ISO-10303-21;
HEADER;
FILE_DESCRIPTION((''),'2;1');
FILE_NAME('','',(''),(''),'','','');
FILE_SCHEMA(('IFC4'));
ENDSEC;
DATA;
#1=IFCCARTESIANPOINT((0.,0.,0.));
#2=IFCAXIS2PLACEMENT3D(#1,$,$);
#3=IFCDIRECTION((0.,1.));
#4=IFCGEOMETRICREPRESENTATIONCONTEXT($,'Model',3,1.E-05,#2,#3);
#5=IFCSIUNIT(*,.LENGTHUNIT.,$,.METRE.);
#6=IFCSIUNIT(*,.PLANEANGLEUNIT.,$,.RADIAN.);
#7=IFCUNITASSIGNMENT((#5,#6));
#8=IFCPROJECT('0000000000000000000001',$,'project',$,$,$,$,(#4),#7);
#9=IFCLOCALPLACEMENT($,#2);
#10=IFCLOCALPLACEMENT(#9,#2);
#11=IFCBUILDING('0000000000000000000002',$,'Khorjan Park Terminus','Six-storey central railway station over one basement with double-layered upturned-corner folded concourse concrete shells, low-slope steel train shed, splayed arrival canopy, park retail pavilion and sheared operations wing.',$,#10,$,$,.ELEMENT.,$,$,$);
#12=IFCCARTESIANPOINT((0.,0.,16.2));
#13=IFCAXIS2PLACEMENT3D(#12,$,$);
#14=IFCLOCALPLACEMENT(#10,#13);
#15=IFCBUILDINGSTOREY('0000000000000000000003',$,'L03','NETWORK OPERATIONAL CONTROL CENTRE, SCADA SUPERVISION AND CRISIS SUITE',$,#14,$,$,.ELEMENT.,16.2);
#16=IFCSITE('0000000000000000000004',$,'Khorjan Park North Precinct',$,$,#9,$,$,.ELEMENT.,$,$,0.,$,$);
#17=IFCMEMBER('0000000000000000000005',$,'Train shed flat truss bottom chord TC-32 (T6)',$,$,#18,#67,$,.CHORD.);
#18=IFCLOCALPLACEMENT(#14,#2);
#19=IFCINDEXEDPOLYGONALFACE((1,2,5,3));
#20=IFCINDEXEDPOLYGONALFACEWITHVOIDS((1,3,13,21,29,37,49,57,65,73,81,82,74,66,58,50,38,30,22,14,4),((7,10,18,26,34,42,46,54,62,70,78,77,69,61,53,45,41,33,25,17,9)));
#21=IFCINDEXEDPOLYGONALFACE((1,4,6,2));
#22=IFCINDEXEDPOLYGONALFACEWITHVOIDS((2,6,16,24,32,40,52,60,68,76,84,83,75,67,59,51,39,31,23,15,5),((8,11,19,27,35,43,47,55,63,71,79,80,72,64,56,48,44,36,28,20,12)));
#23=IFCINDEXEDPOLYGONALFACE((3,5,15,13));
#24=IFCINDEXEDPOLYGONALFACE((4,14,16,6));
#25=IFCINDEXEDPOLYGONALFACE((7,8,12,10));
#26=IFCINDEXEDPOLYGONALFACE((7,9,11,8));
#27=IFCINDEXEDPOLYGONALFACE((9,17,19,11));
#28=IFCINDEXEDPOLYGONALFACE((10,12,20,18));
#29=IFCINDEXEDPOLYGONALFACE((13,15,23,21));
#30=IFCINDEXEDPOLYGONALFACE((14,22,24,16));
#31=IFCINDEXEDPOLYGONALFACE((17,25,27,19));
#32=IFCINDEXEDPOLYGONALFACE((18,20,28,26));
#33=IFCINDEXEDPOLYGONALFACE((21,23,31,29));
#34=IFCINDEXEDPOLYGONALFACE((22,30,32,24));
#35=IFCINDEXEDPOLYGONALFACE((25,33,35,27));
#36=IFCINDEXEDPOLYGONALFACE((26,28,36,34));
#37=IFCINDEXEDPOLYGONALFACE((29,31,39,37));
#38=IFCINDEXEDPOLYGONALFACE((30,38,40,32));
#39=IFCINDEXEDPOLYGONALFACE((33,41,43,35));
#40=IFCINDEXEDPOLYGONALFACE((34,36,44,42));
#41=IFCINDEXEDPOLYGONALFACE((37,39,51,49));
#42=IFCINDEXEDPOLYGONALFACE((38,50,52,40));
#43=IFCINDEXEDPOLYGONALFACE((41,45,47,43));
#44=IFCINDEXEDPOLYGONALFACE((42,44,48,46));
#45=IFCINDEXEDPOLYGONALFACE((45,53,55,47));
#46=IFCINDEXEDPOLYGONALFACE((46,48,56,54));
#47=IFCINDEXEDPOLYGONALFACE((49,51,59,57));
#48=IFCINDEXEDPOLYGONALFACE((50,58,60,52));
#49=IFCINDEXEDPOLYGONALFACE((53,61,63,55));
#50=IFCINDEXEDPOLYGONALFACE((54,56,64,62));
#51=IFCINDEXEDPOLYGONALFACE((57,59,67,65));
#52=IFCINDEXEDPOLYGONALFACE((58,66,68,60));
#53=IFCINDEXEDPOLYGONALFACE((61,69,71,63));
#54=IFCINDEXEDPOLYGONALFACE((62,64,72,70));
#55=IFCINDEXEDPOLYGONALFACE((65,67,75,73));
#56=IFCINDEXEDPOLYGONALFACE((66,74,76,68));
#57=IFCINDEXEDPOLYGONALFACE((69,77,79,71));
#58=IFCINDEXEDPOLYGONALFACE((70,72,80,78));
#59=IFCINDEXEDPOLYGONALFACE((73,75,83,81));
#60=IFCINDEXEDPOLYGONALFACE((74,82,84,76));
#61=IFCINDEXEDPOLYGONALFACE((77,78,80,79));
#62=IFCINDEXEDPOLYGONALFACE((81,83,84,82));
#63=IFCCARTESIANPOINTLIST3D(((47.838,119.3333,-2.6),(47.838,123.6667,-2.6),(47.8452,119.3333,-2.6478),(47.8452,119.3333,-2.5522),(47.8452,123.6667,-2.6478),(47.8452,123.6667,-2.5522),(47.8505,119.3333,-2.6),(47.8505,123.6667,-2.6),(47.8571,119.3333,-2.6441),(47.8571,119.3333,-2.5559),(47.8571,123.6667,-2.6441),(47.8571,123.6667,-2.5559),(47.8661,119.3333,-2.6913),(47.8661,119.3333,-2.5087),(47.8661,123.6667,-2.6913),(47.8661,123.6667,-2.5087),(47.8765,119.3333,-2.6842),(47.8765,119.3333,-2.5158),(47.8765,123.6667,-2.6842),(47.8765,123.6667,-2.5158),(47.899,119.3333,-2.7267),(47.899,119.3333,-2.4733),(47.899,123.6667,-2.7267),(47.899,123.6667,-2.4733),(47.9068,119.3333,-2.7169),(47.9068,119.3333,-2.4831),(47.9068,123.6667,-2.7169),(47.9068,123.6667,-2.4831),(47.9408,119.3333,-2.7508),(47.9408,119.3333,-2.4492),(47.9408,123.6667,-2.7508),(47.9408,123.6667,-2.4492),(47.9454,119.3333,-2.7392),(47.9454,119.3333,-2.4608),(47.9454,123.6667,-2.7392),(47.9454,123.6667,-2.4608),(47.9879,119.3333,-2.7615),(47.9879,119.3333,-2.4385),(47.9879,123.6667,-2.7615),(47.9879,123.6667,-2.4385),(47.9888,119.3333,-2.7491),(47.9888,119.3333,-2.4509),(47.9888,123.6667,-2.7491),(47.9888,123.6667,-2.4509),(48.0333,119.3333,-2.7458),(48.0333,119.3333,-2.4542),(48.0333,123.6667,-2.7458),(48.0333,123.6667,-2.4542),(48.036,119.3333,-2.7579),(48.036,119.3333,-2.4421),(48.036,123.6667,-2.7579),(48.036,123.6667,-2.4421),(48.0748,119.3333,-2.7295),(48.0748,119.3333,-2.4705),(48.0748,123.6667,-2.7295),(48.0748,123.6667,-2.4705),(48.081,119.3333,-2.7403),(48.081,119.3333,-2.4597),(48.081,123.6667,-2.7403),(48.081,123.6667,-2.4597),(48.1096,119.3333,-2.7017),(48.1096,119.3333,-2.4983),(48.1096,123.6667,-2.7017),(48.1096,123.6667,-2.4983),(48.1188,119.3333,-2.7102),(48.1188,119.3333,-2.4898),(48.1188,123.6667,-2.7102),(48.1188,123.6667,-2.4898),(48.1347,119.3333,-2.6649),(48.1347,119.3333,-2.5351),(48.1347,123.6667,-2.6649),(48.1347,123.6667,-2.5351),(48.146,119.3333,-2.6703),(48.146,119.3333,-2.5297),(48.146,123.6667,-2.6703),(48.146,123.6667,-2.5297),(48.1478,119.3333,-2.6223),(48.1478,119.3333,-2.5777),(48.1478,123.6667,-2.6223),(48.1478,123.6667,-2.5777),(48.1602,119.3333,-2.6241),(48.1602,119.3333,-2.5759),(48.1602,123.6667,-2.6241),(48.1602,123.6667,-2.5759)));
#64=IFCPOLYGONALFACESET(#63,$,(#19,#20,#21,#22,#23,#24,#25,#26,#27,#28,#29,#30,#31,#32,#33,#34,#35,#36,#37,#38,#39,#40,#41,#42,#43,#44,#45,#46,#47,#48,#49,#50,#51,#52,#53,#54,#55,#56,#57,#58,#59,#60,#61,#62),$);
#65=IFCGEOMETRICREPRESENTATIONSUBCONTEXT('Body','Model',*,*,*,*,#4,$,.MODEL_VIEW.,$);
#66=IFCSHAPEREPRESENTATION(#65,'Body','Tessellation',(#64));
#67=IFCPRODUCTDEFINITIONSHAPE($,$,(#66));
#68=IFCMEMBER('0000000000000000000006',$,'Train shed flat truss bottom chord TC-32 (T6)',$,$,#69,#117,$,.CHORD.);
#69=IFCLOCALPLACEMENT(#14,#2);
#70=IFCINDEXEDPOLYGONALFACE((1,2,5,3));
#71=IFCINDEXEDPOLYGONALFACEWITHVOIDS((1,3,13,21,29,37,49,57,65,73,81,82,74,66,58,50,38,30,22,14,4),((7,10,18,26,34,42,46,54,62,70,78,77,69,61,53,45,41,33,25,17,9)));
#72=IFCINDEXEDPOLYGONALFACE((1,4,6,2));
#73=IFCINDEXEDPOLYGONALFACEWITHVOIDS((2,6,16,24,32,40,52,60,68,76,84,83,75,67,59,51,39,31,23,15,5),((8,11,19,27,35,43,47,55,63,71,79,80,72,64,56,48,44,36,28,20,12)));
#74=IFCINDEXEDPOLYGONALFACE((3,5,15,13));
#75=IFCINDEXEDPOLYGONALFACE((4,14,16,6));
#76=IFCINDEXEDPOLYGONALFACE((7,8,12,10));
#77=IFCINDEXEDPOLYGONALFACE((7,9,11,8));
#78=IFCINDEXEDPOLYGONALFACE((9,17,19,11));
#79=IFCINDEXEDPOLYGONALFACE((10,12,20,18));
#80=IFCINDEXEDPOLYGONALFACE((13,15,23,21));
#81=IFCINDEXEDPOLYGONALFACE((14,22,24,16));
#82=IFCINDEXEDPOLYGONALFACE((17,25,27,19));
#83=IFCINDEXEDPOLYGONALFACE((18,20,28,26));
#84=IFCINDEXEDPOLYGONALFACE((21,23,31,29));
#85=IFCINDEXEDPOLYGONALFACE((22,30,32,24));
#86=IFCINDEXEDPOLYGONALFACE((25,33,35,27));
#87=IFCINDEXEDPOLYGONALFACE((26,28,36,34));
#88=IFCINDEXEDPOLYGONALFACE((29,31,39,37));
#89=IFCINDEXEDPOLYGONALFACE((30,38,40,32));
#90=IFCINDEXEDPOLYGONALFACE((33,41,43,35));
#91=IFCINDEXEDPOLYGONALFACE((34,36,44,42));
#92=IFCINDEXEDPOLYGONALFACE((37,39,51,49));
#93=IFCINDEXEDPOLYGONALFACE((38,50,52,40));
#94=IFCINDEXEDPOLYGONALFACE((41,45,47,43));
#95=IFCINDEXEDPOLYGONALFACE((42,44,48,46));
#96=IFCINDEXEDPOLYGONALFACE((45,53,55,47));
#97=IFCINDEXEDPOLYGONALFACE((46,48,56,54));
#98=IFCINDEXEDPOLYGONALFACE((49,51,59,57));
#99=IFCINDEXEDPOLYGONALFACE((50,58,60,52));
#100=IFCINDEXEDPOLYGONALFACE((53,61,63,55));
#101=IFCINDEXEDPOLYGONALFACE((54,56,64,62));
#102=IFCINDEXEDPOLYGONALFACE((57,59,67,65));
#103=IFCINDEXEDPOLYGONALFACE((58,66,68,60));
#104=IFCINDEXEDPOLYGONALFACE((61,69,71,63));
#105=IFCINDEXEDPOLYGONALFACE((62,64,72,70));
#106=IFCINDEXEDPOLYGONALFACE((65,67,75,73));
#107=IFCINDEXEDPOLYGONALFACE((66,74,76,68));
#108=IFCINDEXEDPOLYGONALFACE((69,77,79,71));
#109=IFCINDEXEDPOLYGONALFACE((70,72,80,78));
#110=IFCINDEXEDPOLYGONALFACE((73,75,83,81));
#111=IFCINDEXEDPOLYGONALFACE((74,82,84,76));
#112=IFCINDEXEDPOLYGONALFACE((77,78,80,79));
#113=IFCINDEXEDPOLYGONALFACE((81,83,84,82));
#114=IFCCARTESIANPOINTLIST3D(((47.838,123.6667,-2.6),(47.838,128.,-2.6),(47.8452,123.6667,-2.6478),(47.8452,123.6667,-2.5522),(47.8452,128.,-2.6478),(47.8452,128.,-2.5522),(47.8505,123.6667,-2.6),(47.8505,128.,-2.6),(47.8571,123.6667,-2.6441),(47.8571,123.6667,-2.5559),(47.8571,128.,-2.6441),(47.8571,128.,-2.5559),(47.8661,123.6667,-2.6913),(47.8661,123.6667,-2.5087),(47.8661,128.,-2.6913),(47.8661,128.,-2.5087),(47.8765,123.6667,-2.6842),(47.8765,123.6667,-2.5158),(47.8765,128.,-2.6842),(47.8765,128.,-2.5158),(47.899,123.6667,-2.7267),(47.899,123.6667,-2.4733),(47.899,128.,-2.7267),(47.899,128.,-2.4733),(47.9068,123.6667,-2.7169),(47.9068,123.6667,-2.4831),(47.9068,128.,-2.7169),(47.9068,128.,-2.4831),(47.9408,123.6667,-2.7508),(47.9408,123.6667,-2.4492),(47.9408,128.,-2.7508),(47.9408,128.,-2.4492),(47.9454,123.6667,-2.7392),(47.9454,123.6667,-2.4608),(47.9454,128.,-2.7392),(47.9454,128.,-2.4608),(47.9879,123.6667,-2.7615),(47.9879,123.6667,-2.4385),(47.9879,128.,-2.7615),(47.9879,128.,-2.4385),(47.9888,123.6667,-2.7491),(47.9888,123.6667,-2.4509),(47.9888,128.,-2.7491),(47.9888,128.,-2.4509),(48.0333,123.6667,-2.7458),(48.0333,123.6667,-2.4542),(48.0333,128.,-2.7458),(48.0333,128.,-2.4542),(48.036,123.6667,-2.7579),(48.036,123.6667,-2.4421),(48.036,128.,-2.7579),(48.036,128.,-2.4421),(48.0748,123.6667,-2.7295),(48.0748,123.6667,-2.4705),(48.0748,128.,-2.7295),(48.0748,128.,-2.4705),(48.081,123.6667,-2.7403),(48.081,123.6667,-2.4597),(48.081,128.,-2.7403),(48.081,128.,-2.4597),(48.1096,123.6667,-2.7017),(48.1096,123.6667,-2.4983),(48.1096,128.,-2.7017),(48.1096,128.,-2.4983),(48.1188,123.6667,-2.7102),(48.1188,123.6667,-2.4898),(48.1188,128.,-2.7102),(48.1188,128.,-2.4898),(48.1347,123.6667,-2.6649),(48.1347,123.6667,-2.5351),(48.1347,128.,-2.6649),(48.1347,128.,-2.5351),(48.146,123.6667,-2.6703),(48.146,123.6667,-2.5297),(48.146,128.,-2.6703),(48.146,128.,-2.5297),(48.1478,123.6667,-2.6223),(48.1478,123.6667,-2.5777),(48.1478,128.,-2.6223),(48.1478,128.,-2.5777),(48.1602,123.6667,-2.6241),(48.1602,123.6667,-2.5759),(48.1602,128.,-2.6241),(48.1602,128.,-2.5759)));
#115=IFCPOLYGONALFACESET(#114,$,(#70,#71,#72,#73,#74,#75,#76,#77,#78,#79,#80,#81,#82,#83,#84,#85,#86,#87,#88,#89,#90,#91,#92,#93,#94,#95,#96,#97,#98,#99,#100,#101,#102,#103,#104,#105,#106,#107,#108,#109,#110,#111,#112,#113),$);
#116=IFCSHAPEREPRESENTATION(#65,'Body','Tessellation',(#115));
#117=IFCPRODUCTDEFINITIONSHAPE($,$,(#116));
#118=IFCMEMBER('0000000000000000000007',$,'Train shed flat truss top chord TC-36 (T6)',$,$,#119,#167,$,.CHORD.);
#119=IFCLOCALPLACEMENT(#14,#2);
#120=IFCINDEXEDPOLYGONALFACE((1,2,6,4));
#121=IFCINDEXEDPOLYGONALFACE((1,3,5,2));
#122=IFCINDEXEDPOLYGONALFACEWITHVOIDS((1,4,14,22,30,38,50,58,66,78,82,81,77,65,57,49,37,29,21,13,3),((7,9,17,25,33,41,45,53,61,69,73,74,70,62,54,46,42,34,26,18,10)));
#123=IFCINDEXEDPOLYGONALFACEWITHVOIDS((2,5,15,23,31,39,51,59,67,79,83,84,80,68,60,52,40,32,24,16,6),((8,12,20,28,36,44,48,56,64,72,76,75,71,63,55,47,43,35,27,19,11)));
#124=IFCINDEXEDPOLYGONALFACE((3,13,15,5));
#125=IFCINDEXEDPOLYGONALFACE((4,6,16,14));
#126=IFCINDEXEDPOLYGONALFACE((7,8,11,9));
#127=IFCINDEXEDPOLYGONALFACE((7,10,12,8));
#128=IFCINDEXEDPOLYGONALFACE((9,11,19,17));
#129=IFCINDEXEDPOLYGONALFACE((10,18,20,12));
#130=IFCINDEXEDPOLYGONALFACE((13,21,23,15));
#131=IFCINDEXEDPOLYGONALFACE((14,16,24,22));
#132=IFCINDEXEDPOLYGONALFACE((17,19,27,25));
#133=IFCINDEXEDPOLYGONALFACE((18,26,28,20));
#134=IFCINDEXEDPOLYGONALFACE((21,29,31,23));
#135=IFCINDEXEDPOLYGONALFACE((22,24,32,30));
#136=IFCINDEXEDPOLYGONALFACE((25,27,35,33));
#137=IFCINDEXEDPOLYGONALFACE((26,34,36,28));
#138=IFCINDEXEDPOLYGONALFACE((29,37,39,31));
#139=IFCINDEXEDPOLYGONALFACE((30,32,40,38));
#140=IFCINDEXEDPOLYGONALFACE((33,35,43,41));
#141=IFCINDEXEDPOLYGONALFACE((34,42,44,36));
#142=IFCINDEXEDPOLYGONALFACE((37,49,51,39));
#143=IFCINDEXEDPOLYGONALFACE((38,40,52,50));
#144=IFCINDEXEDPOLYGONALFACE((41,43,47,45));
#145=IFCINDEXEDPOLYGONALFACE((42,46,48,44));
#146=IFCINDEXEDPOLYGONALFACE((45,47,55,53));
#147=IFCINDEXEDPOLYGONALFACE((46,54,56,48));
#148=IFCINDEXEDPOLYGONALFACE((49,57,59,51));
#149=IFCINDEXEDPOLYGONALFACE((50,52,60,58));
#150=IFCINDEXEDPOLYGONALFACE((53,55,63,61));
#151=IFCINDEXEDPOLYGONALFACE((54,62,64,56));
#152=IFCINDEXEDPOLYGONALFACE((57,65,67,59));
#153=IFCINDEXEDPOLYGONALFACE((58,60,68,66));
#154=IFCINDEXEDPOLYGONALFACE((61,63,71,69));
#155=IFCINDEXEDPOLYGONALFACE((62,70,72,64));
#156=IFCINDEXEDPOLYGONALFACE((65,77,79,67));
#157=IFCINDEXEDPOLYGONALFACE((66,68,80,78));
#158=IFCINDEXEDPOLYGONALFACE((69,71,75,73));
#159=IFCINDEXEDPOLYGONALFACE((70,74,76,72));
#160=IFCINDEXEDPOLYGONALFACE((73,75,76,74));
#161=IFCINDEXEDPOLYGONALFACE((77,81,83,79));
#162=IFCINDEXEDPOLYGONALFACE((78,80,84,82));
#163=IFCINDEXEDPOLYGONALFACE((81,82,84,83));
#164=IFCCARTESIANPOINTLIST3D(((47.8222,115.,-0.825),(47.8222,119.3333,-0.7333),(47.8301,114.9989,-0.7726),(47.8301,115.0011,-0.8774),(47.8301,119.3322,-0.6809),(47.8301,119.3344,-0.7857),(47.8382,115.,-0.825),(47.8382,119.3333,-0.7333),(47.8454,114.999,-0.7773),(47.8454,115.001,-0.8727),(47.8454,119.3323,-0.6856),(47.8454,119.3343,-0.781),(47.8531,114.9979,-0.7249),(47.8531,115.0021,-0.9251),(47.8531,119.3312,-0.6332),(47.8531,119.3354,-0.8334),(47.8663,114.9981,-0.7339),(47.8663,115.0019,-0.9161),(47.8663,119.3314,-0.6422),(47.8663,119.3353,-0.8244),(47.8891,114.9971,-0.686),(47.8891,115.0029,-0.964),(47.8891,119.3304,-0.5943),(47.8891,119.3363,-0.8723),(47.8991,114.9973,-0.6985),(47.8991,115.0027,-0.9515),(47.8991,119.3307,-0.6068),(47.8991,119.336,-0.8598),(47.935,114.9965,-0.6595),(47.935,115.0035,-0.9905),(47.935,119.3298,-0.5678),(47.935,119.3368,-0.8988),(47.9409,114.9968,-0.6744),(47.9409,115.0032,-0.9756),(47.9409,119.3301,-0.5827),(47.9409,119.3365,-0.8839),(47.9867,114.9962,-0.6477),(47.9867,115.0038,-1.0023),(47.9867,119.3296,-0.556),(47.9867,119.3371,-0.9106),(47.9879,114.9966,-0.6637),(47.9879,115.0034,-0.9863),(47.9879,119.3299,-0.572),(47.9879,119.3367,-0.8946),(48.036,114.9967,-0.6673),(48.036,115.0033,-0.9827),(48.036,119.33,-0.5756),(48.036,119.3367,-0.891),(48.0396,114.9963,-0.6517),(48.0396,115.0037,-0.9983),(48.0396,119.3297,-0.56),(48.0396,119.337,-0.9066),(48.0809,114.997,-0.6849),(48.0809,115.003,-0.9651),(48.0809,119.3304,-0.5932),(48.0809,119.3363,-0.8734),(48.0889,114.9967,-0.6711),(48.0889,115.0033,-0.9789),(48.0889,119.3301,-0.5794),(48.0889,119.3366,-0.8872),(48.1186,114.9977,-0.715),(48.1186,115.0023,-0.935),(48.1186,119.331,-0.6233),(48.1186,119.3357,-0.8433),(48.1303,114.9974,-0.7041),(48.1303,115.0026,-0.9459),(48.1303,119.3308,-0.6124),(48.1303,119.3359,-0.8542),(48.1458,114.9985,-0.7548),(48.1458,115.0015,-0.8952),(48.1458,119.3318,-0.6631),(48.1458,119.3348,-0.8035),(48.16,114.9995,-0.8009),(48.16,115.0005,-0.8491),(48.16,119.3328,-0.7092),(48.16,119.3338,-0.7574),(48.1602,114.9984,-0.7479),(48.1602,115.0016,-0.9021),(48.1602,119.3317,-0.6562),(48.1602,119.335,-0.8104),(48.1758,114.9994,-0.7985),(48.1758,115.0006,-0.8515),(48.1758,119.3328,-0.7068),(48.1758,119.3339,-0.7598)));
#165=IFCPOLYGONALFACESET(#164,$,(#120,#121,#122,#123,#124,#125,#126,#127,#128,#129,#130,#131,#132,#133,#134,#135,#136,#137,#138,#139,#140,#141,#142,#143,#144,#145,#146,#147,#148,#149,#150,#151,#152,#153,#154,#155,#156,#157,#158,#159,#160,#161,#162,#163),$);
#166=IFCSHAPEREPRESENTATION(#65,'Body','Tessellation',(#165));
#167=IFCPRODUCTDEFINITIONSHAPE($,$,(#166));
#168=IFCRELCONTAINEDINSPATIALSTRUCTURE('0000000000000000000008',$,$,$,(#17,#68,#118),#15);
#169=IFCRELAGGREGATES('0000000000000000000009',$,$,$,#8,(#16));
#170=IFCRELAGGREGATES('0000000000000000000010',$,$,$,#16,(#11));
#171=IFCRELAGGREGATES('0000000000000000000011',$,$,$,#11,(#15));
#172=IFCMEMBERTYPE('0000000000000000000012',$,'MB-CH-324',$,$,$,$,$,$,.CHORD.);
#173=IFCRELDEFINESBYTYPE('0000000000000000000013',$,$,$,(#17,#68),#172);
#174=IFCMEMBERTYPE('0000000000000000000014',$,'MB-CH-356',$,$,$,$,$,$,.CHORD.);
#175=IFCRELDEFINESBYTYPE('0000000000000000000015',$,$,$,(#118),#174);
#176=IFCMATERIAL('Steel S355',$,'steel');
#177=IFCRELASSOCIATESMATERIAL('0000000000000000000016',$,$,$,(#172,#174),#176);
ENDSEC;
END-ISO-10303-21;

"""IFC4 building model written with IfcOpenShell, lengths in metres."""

from ifc_helpers import new_model, si_unit, direction, frame, origin, origin_2d, place, context, subcontext, project, spatial, hollow_circle, extrude, material, material_profile, profile_set, type_object, element, save


model = new_model("IFC4")

# Units and contexts
model_context = context("Model", 3, precision=1e-05, world=origin(), true_north=direction((0.0, 1.0)))
body_context = subcontext(model_context, "Body", "Model", "MODEL_VIEW")
ifc_project = project(units=[si_unit("LENGTHUNIT", "METRE"), si_unit("PLANEANGLEUNIT", "RADIAN")], contexts=[model_context])

# Site, building, storey
site_placement = place(None, origin())
site = spatial("IfcSite", under=ifc_project, at=site_placement, Name="Khorjan Park North Precinct", CompositionType="ELEMENT", RefElevation=0.0)
building_placement = place(site_placement, origin())
building = spatial("IfcBuilding", under=site, at=building_placement, Name="Khorjan Park Terminus", Description="Six-storey central railway station over one basement with double-layered upturned-corner folded concourse concrete shells, low-slope steel train shed, splayed arrival canopy, park retail pavilion and sheared operations wing.", CompositionType="ELEMENT")
storey_placement = place(building_placement, frame((0.0, 0.0, 16.2)))
storey = spatial("IfcBuildingStorey", under=building, at=storey_placement, Name="L03", Description="NETWORK OPERATIONAL CONTROL CENTRE, SCADA SUPERVISION AND CRISIS SUITE", CompositionType="ELEMENT", Elevation=16.2)

# Members
ifc_material = material(Name="Steel S355", Category="steel")
ifc_material_profile_1 = material_profile(ifc_material, hollow_circle(Radius=0.162, WallThickness=0.0125, at=origin_2d()), Name="CHS 323.9x12.5")
ifc_profile_set_1 = profile_set([ifc_material_profile_1], Name="Steel S355")
member_type_1 = type_object("IfcMemberType", Name="MB-CH-324", PredefinedType="CHORD", material=ifc_profile_set_1)
member_1_placement = place(storey_placement, frame((48.0, 119.3333, -2.6), z_axis=(0.0, 1.0, 0.0), x_axis=(-1.0, 0.0, 0.0)))
element("IfcMember", 1, at=member_1_placement, inside=storey, type_object=member_type_1, Name="Train shed flat truss bottom chord TC-32 (T6)", PredefinedType="CHORD", context=body_context, shape_type="SweptSolid", body=[
    extrude(hollow_circle(Radius=0.162, WallThickness=0.0125, at=origin_2d()), origin(), (0.0, 0.0, 1.0), 4.3334),
])
member_2_placement = place(storey_placement, frame((48.0, 123.6667, -2.6), z_axis=(0.0, 1.0, 0.0), x_axis=(-1.0, 0.0, 0.0)))
element("IfcMember", 2, at=member_2_placement, inside=storey, type_object=member_type_1, Name="Train shed flat truss bottom chord TC-32 (T6)", PredefinedType="CHORD", context=body_context, shape_type="SweptSolid", body=[
    extrude(hollow_circle(Radius=0.162, WallThickness=0.0125, at=origin_2d()), origin(), (0.0, 0.0, 1.0), 4.3333),
])
ifc_material_profile_2 = material_profile(ifc_material, hollow_circle(Radius=0.1778, WallThickness=0.016, at=origin_2d()), Name="CHS 355.6x16")
ifc_profile_set_2 = profile_set([ifc_material_profile_2], Name="Steel S355")
member_type_2 = type_object("IfcMemberType", Name="MB-CH-356", PredefinedType="CHORD", material=ifc_profile_set_2)
member_3_placement = place(storey_placement, frame((48.0, 115.0, -0.825), z_axis=(0.0, 0.999776, 0.021157), x_axis=(-1.0, 0.0, 0.0)))
element("IfcMember", 3, at=member_3_placement, inside=storey, type_object=member_type_2, Name="Train shed flat truss top chord TC-36 (T6)", PredefinedType="CHORD", context=body_context, shape_type="SweptSolid", body=[
    extrude(hollow_circle(Radius=0.1778, WallThickness=0.016, at=origin_2d()), origin(), (0.0, 0.0, 1.0), 4.3343),
])

save(model, "model.ifc")
